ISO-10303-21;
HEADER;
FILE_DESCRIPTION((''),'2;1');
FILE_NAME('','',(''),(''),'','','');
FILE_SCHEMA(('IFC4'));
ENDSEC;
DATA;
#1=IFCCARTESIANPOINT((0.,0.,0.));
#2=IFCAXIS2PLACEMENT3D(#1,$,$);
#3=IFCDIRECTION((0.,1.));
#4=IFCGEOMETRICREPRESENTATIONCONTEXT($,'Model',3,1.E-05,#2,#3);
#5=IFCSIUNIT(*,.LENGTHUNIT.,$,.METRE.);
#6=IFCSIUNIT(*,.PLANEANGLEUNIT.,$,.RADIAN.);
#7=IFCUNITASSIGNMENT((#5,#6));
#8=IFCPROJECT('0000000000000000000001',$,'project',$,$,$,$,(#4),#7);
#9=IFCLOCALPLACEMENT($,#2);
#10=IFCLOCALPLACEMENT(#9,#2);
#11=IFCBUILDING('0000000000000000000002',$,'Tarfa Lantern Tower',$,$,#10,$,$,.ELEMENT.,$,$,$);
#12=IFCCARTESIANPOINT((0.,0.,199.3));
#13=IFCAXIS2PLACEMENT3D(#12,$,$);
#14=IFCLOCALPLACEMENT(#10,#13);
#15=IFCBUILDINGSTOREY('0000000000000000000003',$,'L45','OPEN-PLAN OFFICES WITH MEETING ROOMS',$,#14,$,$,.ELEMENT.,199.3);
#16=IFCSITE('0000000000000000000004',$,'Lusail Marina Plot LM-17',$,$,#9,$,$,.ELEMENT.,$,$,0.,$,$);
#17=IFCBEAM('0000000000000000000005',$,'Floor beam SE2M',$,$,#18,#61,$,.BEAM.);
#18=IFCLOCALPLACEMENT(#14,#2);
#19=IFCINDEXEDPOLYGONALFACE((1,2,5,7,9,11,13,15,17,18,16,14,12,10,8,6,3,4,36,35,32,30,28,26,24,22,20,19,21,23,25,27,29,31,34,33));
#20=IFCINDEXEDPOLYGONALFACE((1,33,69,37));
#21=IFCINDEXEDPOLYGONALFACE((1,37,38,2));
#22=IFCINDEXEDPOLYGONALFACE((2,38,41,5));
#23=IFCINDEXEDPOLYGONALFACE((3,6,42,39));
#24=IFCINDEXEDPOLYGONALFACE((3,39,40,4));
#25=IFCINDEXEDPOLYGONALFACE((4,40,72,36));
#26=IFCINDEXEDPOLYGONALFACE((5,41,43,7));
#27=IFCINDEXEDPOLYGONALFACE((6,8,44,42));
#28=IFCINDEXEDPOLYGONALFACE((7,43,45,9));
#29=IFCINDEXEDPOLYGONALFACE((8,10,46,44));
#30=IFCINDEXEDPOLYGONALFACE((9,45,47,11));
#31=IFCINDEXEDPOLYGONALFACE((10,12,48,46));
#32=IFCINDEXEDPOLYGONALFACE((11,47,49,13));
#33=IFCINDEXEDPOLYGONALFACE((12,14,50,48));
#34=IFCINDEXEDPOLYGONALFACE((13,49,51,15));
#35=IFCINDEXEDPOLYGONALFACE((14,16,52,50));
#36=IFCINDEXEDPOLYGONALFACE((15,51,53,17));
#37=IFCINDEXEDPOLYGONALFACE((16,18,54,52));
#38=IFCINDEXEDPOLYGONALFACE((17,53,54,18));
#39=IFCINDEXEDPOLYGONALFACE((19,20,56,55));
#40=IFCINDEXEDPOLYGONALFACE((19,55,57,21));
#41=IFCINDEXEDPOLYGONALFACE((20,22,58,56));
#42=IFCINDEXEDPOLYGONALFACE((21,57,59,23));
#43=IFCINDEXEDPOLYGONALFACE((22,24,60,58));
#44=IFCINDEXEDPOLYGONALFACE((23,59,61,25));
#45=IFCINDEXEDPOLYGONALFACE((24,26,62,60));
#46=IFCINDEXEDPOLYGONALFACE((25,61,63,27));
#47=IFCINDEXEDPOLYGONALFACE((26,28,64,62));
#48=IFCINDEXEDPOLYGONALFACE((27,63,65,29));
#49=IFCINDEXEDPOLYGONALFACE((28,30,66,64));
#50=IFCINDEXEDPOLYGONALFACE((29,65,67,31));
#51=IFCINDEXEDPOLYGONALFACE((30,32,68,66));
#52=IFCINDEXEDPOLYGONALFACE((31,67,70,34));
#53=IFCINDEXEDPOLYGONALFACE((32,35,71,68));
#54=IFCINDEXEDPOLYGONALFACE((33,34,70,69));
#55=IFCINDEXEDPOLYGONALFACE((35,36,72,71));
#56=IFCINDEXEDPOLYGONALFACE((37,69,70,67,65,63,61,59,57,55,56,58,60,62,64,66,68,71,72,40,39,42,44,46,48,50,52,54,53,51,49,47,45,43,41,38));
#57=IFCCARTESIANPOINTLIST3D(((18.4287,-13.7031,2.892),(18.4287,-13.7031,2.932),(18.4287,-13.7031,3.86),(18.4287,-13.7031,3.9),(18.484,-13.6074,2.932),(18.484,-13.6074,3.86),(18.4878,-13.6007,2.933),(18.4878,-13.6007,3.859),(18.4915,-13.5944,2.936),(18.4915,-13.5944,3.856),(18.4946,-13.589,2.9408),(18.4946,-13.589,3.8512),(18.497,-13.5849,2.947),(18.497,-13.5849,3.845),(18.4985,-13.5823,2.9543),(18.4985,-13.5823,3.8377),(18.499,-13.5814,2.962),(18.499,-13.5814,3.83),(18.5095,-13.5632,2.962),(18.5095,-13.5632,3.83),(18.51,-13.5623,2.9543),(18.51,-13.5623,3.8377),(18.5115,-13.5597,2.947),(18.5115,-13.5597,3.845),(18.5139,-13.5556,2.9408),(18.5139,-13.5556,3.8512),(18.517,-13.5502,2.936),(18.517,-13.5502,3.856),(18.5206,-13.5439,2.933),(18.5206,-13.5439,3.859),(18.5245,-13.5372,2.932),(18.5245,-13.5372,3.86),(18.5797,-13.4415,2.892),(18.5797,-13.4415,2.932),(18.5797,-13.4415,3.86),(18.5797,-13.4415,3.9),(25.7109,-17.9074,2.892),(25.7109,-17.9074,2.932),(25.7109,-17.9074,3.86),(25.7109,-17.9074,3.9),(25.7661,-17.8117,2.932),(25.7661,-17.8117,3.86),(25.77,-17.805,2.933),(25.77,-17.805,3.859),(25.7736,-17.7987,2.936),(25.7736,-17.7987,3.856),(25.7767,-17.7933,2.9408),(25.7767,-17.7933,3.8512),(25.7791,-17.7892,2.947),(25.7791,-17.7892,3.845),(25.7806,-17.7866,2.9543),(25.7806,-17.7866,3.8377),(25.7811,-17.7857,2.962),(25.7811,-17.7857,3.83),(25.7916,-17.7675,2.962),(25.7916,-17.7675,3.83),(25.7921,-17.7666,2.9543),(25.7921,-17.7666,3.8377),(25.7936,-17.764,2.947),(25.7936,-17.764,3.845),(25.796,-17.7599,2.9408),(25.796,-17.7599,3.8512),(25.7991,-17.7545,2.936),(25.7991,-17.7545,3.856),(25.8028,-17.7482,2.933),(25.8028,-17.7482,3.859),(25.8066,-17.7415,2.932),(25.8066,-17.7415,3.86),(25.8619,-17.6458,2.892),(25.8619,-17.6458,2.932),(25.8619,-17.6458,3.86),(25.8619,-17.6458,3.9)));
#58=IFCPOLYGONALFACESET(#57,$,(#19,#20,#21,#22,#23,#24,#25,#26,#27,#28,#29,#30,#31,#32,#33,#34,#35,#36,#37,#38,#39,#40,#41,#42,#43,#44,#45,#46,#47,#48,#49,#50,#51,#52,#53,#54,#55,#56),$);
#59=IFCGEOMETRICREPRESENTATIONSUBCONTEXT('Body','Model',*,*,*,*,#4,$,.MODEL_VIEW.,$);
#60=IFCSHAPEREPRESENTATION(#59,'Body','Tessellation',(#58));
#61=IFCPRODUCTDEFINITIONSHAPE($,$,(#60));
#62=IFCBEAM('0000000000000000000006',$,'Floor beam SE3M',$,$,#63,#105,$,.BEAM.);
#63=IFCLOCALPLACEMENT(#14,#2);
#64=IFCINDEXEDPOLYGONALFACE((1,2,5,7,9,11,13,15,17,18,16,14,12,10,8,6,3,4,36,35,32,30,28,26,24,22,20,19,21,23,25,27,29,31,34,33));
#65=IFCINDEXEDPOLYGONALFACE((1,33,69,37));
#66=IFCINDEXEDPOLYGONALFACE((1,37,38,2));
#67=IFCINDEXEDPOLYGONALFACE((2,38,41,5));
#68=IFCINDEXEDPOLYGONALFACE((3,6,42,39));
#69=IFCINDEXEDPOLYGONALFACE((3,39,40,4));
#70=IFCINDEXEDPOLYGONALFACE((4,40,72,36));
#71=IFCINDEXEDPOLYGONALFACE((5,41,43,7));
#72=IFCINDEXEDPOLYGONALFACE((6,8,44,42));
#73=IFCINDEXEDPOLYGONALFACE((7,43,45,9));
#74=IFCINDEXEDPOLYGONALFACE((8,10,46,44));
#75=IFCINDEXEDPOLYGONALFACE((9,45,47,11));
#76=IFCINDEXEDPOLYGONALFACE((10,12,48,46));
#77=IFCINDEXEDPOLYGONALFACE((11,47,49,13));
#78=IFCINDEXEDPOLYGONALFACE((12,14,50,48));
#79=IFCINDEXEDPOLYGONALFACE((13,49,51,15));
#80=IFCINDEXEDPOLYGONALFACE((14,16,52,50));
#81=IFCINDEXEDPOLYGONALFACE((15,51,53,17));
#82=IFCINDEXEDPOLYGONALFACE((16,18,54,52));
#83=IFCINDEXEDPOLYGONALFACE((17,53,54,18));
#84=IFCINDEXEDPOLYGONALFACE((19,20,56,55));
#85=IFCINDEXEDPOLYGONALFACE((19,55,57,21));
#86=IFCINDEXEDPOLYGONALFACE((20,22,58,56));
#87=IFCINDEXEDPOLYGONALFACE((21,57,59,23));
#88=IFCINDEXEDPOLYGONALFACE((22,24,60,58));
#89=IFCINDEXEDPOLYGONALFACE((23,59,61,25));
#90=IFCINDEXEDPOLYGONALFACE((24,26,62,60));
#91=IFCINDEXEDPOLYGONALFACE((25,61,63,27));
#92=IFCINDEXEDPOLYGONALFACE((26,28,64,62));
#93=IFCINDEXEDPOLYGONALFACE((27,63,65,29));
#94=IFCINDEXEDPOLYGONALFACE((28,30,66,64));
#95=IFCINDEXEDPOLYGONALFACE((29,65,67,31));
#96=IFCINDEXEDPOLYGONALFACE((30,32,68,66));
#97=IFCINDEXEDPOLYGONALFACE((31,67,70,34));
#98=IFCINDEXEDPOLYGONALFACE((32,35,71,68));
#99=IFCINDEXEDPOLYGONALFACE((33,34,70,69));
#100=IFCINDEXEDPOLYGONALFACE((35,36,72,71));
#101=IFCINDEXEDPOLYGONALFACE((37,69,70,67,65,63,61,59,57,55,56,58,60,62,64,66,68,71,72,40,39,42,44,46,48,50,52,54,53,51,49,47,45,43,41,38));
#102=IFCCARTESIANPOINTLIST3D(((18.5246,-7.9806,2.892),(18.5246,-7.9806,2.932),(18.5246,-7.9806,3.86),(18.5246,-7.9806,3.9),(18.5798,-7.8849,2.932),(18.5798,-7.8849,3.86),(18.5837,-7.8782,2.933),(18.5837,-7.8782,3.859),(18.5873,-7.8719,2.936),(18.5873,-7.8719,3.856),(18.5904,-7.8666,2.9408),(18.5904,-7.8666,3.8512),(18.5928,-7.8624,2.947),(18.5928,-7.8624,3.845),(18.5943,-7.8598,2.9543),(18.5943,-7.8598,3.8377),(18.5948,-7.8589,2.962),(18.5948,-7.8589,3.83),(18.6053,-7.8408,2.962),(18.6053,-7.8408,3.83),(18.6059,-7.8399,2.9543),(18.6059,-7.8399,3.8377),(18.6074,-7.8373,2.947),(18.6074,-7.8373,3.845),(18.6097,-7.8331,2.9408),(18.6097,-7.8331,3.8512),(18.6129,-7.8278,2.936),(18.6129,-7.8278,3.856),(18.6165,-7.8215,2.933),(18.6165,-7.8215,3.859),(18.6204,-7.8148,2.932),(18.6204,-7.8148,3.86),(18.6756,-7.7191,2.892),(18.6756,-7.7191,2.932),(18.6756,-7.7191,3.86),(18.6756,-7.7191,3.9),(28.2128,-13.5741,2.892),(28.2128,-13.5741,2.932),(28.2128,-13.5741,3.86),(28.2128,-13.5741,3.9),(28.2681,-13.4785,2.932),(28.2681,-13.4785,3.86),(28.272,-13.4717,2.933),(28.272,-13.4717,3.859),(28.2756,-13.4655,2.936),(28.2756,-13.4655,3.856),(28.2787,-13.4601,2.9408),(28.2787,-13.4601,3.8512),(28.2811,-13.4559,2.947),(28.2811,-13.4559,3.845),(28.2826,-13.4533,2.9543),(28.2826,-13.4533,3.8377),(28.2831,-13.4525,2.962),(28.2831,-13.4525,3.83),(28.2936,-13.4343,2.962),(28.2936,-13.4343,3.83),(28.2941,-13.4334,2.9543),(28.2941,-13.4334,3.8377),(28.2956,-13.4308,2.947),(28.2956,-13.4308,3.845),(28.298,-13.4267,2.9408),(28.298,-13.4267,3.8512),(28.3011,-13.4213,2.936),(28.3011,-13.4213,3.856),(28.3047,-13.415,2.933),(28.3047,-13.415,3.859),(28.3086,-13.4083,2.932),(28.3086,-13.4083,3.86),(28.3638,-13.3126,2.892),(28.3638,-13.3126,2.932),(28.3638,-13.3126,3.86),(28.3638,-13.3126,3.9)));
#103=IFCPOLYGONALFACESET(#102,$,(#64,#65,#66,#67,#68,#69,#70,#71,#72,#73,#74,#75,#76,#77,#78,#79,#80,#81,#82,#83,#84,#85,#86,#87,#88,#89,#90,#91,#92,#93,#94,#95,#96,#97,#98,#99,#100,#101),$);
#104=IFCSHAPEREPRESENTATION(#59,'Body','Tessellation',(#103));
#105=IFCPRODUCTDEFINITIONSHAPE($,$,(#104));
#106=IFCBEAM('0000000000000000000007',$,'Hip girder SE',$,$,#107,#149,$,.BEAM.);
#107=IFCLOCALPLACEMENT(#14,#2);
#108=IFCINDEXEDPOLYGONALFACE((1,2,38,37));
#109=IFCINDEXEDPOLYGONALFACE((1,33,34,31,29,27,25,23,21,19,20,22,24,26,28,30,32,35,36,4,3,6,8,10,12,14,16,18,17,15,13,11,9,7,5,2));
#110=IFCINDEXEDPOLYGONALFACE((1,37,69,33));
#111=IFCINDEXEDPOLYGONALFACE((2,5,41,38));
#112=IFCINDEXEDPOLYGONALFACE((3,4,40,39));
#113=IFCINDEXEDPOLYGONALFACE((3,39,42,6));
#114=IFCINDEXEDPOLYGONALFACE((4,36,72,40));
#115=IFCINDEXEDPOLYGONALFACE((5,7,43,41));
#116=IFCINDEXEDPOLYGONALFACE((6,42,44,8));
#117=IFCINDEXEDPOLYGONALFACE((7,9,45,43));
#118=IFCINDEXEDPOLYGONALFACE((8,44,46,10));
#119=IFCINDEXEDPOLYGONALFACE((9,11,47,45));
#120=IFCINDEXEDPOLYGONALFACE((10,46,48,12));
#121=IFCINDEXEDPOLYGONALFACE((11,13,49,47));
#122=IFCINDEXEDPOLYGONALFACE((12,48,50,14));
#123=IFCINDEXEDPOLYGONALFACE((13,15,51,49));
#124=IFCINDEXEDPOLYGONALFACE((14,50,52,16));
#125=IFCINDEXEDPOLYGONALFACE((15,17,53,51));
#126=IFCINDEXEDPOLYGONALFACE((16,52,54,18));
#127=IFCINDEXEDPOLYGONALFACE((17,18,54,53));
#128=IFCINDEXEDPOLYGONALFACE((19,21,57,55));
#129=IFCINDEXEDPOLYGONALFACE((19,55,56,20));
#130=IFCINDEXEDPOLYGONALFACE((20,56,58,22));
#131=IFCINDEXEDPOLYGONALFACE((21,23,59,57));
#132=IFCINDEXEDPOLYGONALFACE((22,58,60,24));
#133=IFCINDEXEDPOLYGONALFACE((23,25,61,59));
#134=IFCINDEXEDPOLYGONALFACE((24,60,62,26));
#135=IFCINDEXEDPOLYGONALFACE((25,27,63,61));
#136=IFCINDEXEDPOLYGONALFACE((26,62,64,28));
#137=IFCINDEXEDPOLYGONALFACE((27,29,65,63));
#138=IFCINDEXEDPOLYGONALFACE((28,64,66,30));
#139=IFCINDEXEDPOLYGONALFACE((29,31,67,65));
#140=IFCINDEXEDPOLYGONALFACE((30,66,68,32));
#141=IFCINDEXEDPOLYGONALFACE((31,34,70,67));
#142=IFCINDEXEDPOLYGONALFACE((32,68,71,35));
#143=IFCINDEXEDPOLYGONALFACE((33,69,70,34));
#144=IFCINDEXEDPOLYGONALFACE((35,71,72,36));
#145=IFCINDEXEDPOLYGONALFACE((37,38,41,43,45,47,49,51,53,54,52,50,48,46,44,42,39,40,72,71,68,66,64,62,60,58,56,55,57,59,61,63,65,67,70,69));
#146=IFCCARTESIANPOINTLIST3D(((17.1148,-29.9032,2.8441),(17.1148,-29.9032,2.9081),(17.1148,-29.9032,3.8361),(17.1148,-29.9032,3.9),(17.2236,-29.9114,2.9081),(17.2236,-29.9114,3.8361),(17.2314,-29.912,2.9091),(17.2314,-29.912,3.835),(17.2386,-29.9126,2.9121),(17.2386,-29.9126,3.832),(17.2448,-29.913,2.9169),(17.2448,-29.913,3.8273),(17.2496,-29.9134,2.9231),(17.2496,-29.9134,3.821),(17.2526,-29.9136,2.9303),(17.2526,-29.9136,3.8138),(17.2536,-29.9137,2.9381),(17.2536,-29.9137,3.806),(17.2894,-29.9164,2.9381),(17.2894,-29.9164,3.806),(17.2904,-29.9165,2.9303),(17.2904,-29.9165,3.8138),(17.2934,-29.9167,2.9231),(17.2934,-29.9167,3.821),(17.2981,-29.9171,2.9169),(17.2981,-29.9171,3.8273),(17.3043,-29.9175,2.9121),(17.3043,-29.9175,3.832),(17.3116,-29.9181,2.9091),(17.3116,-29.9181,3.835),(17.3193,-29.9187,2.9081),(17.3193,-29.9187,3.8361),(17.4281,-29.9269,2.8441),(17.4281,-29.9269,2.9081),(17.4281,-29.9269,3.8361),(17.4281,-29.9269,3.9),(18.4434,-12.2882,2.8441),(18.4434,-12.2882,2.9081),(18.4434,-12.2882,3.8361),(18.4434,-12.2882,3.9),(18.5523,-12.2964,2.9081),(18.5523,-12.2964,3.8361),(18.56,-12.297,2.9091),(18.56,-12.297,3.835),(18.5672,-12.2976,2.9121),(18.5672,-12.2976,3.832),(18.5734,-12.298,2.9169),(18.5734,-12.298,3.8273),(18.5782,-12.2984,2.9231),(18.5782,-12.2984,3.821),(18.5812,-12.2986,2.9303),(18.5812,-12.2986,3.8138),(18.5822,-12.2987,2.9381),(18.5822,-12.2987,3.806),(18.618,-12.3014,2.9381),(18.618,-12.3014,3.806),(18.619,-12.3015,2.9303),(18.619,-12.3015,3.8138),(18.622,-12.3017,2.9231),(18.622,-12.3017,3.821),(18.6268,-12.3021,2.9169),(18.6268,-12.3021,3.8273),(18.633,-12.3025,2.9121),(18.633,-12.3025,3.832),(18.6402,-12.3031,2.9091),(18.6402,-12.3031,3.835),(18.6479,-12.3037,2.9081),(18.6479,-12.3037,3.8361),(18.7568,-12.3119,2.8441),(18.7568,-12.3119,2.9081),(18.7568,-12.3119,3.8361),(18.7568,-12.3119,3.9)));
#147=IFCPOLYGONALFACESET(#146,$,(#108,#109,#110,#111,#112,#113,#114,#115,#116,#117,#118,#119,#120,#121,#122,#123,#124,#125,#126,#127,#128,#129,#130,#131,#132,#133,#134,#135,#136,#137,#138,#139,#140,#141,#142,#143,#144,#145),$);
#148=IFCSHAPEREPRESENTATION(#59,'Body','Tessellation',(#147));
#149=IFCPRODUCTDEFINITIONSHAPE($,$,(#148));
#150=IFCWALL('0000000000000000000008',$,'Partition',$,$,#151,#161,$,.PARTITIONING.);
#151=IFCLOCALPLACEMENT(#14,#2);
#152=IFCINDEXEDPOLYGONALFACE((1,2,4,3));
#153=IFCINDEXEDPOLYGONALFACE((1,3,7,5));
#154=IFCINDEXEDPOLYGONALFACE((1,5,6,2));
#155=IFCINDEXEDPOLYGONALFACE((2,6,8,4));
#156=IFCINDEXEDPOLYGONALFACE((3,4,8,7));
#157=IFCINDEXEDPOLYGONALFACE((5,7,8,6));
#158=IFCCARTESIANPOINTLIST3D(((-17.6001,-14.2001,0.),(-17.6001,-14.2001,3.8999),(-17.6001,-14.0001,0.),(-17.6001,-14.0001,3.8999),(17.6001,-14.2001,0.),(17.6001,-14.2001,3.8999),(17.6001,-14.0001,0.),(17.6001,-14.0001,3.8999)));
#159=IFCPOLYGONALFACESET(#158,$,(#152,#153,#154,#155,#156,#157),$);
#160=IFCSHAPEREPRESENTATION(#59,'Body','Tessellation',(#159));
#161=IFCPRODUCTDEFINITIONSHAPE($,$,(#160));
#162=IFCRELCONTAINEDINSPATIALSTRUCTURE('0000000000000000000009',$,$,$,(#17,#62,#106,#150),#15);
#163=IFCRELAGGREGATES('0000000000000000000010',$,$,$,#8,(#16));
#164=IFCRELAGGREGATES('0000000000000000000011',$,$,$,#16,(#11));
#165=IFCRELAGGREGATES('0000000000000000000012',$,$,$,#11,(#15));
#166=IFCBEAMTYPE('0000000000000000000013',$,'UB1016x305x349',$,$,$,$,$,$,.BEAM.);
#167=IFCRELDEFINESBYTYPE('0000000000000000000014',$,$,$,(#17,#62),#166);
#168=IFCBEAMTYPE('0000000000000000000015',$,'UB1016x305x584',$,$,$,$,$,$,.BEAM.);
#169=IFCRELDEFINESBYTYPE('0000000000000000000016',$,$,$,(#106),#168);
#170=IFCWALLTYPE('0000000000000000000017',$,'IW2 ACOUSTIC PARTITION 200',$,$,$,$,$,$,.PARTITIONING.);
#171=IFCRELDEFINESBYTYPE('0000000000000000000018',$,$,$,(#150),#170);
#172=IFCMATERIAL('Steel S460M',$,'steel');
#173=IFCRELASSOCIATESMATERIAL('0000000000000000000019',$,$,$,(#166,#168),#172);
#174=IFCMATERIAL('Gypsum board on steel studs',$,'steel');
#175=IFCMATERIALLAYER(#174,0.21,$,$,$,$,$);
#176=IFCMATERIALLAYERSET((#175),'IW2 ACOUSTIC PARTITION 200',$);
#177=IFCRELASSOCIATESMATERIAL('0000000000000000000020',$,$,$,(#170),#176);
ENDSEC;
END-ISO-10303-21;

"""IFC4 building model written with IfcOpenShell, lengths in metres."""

from ifc_helpers import new_model, si_unit, direction, frame, frame_2d, origin, origin_2d, place, context, subcontext, project, spatial, rectangle, i_section, extrude, material, layer, layer_set, material_profile, profile_set, type_object, element, save


model = new_model("IFC4")

# Units and contexts
model_context = context("Model", 3, precision=1e-05, world=origin(), true_north=direction((0.0, 1.0)))
body_context = subcontext(model_context, "Body", "Model", "MODEL_VIEW")
ifc_project = project(units=[si_unit("LENGTHUNIT", "METRE"), si_unit("PLANEANGLEUNIT", "RADIAN")], contexts=[model_context])

# Site, building, storey
site_placement = place(None, origin())
site = spatial("IfcSite", under=ifc_project, at=site_placement, Name="Lusail Marina Plot LM-17", CompositionType="ELEMENT", RefElevation=0.0)
building_placement = place(site_placement, origin())
building = spatial("IfcBuilding", under=site, at=building_placement, Name="Tarfa Lantern Tower", CompositionType="ELEMENT")
storey_placement = place(building_placement, frame((0.0, 0.0, 199.3)))
storey = spatial("IfcBuildingStorey", under=building, at=storey_placement, Name="L45", Description="OPEN-PLAN OFFICES WITH MEETING ROOMS", CompositionType="ELEMENT", Elevation=199.3)

# Beams
ifc_material_1 = material(Name="Steel S460M", Category="steel")
ifc_material_profile_1 = material_profile(ifc_material_1, i_section(OverallWidth=0.302, OverallDepth=1.0081, WebThickness=0.021, FlangeThickness=0.04, FilletRadius=0.03, at=origin_2d()), Name="UB1016x305x349")
ifc_profile_set_1 = profile_set([ifc_material_profile_1], Name="Steel S460M")
beam_type_1 = type_object("IfcBeamType", Name="UB1016x305x349", PredefinedType="BEAM", material=ifc_profile_set_1)
beam_1_placement = place(storey_placement, frame((25.7864, -17.7766, 3.396), z_axis=(-0.866028, 0.499996, 0.0), x_axis=(-0.499996, -0.866028, 0.0)))
element("IfcBeam", 1, at=beam_1_placement, inside=storey, type_object=beam_type_1, Name="Floor beam SE2M", PredefinedType="BEAM", context=body_context, shape_type="SweptSolid", body=[
    extrude(i_section(OverallWidth=0.302, OverallDepth=1.0081, WebThickness=0.021, FlangeThickness=0.04, FilletRadius=0.03, at=origin_2d()), origin(), (0.0, 0.0, 1.0), 8.4087),
])
beam_2_placement = place(storey_placement, frame((28.2883, -13.4434, 3.396), z_axis=(-0.866025, 0.5, 0.0), x_axis=(-0.5, -0.866025, 0.0)))
element("IfcBeam", 2, at=beam_2_placement, inside=storey, type_object=beam_type_1, Name="Floor beam SE3M", PredefinedType="BEAM", context=body_context, shape_type="SweptSolid", body=[
    extrude(i_section(OverallWidth=0.302, OverallDepth=1.0081, WebThickness=0.021, FlangeThickness=0.04, FilletRadius=0.03, at=origin_2d()), origin(), (0.0, 0.0, 1.0), 11.187),
])
ifc_material_profile_2 = material_profile(ifc_material_1, i_section(OverallWidth=0.3142, OverallDepth=1.0559, WebThickness=0.0359, FlangeThickness=0.064, FilletRadius=0.03, at=origin_2d()), Name="UB1016x305x584")
ifc_profile_set_2 = profile_set([ifc_material_profile_2], Name="Steel S460M")
beam_type_2 = type_object("IfcBeamType", Name="UB1016x305x584", PredefinedType="BEAM", material=ifc_profile_set_2)
beam_3_placement = place(storey_placement, frame((18.6001, -12.3, 3.3721), z_axis=(-0.075212, -0.997168, 0.0), x_axis=(0.997168, -0.075212, 0.0)))
element("IfcBeam", 3, at=beam_3_placement, inside=storey, type_object=beam_type_2, Name="Hip girder SE", PredefinedType="BEAM", context=body_context, shape_type="SweptSolid", body=[
    extrude(i_section(OverallWidth=0.3142, OverallDepth=1.0559, WebThickness=0.0359, FlangeThickness=0.064, FilletRadius=0.03, at=origin_2d()), origin(), (0.0, 0.0, 1.0), 17.665),
])

# Wall
ifc_material_2 = material(Name="Gypsum board on steel studs", Category="steel")
ifc_layer = layer(ifc_material_2, 0.21)
ifc_layer_set = layer_set([ifc_layer], Name="IW2 ACOUSTIC PARTITION 200")
wall_type = type_object("IfcWallType", Name="IW2 ACOUSTIC PARTITION 200", PredefinedType="PARTITIONING", material=ifc_layer_set)
wall_1_placement = place(storey_placement, frame((17.6001, -14.1001, 0.0), z_axis=(0.0, 0.0, 1.0), x_axis=(-1.0, 0.0, 0.0)))
element("IfcWall", 4, at=wall_1_placement, inside=storey, type_object=wall_type, Name="Partition", PredefinedType="PARTITIONING", context=body_context, shape_type="SweptSolid", body=[
    extrude(rectangle(XDim=35.2002, YDim=0.2, at=frame_2d((17.6001, 0.0))), origin(), (0.0, 0.0, 1.0), 3.8999),
])

save(model, "model.ifc")
